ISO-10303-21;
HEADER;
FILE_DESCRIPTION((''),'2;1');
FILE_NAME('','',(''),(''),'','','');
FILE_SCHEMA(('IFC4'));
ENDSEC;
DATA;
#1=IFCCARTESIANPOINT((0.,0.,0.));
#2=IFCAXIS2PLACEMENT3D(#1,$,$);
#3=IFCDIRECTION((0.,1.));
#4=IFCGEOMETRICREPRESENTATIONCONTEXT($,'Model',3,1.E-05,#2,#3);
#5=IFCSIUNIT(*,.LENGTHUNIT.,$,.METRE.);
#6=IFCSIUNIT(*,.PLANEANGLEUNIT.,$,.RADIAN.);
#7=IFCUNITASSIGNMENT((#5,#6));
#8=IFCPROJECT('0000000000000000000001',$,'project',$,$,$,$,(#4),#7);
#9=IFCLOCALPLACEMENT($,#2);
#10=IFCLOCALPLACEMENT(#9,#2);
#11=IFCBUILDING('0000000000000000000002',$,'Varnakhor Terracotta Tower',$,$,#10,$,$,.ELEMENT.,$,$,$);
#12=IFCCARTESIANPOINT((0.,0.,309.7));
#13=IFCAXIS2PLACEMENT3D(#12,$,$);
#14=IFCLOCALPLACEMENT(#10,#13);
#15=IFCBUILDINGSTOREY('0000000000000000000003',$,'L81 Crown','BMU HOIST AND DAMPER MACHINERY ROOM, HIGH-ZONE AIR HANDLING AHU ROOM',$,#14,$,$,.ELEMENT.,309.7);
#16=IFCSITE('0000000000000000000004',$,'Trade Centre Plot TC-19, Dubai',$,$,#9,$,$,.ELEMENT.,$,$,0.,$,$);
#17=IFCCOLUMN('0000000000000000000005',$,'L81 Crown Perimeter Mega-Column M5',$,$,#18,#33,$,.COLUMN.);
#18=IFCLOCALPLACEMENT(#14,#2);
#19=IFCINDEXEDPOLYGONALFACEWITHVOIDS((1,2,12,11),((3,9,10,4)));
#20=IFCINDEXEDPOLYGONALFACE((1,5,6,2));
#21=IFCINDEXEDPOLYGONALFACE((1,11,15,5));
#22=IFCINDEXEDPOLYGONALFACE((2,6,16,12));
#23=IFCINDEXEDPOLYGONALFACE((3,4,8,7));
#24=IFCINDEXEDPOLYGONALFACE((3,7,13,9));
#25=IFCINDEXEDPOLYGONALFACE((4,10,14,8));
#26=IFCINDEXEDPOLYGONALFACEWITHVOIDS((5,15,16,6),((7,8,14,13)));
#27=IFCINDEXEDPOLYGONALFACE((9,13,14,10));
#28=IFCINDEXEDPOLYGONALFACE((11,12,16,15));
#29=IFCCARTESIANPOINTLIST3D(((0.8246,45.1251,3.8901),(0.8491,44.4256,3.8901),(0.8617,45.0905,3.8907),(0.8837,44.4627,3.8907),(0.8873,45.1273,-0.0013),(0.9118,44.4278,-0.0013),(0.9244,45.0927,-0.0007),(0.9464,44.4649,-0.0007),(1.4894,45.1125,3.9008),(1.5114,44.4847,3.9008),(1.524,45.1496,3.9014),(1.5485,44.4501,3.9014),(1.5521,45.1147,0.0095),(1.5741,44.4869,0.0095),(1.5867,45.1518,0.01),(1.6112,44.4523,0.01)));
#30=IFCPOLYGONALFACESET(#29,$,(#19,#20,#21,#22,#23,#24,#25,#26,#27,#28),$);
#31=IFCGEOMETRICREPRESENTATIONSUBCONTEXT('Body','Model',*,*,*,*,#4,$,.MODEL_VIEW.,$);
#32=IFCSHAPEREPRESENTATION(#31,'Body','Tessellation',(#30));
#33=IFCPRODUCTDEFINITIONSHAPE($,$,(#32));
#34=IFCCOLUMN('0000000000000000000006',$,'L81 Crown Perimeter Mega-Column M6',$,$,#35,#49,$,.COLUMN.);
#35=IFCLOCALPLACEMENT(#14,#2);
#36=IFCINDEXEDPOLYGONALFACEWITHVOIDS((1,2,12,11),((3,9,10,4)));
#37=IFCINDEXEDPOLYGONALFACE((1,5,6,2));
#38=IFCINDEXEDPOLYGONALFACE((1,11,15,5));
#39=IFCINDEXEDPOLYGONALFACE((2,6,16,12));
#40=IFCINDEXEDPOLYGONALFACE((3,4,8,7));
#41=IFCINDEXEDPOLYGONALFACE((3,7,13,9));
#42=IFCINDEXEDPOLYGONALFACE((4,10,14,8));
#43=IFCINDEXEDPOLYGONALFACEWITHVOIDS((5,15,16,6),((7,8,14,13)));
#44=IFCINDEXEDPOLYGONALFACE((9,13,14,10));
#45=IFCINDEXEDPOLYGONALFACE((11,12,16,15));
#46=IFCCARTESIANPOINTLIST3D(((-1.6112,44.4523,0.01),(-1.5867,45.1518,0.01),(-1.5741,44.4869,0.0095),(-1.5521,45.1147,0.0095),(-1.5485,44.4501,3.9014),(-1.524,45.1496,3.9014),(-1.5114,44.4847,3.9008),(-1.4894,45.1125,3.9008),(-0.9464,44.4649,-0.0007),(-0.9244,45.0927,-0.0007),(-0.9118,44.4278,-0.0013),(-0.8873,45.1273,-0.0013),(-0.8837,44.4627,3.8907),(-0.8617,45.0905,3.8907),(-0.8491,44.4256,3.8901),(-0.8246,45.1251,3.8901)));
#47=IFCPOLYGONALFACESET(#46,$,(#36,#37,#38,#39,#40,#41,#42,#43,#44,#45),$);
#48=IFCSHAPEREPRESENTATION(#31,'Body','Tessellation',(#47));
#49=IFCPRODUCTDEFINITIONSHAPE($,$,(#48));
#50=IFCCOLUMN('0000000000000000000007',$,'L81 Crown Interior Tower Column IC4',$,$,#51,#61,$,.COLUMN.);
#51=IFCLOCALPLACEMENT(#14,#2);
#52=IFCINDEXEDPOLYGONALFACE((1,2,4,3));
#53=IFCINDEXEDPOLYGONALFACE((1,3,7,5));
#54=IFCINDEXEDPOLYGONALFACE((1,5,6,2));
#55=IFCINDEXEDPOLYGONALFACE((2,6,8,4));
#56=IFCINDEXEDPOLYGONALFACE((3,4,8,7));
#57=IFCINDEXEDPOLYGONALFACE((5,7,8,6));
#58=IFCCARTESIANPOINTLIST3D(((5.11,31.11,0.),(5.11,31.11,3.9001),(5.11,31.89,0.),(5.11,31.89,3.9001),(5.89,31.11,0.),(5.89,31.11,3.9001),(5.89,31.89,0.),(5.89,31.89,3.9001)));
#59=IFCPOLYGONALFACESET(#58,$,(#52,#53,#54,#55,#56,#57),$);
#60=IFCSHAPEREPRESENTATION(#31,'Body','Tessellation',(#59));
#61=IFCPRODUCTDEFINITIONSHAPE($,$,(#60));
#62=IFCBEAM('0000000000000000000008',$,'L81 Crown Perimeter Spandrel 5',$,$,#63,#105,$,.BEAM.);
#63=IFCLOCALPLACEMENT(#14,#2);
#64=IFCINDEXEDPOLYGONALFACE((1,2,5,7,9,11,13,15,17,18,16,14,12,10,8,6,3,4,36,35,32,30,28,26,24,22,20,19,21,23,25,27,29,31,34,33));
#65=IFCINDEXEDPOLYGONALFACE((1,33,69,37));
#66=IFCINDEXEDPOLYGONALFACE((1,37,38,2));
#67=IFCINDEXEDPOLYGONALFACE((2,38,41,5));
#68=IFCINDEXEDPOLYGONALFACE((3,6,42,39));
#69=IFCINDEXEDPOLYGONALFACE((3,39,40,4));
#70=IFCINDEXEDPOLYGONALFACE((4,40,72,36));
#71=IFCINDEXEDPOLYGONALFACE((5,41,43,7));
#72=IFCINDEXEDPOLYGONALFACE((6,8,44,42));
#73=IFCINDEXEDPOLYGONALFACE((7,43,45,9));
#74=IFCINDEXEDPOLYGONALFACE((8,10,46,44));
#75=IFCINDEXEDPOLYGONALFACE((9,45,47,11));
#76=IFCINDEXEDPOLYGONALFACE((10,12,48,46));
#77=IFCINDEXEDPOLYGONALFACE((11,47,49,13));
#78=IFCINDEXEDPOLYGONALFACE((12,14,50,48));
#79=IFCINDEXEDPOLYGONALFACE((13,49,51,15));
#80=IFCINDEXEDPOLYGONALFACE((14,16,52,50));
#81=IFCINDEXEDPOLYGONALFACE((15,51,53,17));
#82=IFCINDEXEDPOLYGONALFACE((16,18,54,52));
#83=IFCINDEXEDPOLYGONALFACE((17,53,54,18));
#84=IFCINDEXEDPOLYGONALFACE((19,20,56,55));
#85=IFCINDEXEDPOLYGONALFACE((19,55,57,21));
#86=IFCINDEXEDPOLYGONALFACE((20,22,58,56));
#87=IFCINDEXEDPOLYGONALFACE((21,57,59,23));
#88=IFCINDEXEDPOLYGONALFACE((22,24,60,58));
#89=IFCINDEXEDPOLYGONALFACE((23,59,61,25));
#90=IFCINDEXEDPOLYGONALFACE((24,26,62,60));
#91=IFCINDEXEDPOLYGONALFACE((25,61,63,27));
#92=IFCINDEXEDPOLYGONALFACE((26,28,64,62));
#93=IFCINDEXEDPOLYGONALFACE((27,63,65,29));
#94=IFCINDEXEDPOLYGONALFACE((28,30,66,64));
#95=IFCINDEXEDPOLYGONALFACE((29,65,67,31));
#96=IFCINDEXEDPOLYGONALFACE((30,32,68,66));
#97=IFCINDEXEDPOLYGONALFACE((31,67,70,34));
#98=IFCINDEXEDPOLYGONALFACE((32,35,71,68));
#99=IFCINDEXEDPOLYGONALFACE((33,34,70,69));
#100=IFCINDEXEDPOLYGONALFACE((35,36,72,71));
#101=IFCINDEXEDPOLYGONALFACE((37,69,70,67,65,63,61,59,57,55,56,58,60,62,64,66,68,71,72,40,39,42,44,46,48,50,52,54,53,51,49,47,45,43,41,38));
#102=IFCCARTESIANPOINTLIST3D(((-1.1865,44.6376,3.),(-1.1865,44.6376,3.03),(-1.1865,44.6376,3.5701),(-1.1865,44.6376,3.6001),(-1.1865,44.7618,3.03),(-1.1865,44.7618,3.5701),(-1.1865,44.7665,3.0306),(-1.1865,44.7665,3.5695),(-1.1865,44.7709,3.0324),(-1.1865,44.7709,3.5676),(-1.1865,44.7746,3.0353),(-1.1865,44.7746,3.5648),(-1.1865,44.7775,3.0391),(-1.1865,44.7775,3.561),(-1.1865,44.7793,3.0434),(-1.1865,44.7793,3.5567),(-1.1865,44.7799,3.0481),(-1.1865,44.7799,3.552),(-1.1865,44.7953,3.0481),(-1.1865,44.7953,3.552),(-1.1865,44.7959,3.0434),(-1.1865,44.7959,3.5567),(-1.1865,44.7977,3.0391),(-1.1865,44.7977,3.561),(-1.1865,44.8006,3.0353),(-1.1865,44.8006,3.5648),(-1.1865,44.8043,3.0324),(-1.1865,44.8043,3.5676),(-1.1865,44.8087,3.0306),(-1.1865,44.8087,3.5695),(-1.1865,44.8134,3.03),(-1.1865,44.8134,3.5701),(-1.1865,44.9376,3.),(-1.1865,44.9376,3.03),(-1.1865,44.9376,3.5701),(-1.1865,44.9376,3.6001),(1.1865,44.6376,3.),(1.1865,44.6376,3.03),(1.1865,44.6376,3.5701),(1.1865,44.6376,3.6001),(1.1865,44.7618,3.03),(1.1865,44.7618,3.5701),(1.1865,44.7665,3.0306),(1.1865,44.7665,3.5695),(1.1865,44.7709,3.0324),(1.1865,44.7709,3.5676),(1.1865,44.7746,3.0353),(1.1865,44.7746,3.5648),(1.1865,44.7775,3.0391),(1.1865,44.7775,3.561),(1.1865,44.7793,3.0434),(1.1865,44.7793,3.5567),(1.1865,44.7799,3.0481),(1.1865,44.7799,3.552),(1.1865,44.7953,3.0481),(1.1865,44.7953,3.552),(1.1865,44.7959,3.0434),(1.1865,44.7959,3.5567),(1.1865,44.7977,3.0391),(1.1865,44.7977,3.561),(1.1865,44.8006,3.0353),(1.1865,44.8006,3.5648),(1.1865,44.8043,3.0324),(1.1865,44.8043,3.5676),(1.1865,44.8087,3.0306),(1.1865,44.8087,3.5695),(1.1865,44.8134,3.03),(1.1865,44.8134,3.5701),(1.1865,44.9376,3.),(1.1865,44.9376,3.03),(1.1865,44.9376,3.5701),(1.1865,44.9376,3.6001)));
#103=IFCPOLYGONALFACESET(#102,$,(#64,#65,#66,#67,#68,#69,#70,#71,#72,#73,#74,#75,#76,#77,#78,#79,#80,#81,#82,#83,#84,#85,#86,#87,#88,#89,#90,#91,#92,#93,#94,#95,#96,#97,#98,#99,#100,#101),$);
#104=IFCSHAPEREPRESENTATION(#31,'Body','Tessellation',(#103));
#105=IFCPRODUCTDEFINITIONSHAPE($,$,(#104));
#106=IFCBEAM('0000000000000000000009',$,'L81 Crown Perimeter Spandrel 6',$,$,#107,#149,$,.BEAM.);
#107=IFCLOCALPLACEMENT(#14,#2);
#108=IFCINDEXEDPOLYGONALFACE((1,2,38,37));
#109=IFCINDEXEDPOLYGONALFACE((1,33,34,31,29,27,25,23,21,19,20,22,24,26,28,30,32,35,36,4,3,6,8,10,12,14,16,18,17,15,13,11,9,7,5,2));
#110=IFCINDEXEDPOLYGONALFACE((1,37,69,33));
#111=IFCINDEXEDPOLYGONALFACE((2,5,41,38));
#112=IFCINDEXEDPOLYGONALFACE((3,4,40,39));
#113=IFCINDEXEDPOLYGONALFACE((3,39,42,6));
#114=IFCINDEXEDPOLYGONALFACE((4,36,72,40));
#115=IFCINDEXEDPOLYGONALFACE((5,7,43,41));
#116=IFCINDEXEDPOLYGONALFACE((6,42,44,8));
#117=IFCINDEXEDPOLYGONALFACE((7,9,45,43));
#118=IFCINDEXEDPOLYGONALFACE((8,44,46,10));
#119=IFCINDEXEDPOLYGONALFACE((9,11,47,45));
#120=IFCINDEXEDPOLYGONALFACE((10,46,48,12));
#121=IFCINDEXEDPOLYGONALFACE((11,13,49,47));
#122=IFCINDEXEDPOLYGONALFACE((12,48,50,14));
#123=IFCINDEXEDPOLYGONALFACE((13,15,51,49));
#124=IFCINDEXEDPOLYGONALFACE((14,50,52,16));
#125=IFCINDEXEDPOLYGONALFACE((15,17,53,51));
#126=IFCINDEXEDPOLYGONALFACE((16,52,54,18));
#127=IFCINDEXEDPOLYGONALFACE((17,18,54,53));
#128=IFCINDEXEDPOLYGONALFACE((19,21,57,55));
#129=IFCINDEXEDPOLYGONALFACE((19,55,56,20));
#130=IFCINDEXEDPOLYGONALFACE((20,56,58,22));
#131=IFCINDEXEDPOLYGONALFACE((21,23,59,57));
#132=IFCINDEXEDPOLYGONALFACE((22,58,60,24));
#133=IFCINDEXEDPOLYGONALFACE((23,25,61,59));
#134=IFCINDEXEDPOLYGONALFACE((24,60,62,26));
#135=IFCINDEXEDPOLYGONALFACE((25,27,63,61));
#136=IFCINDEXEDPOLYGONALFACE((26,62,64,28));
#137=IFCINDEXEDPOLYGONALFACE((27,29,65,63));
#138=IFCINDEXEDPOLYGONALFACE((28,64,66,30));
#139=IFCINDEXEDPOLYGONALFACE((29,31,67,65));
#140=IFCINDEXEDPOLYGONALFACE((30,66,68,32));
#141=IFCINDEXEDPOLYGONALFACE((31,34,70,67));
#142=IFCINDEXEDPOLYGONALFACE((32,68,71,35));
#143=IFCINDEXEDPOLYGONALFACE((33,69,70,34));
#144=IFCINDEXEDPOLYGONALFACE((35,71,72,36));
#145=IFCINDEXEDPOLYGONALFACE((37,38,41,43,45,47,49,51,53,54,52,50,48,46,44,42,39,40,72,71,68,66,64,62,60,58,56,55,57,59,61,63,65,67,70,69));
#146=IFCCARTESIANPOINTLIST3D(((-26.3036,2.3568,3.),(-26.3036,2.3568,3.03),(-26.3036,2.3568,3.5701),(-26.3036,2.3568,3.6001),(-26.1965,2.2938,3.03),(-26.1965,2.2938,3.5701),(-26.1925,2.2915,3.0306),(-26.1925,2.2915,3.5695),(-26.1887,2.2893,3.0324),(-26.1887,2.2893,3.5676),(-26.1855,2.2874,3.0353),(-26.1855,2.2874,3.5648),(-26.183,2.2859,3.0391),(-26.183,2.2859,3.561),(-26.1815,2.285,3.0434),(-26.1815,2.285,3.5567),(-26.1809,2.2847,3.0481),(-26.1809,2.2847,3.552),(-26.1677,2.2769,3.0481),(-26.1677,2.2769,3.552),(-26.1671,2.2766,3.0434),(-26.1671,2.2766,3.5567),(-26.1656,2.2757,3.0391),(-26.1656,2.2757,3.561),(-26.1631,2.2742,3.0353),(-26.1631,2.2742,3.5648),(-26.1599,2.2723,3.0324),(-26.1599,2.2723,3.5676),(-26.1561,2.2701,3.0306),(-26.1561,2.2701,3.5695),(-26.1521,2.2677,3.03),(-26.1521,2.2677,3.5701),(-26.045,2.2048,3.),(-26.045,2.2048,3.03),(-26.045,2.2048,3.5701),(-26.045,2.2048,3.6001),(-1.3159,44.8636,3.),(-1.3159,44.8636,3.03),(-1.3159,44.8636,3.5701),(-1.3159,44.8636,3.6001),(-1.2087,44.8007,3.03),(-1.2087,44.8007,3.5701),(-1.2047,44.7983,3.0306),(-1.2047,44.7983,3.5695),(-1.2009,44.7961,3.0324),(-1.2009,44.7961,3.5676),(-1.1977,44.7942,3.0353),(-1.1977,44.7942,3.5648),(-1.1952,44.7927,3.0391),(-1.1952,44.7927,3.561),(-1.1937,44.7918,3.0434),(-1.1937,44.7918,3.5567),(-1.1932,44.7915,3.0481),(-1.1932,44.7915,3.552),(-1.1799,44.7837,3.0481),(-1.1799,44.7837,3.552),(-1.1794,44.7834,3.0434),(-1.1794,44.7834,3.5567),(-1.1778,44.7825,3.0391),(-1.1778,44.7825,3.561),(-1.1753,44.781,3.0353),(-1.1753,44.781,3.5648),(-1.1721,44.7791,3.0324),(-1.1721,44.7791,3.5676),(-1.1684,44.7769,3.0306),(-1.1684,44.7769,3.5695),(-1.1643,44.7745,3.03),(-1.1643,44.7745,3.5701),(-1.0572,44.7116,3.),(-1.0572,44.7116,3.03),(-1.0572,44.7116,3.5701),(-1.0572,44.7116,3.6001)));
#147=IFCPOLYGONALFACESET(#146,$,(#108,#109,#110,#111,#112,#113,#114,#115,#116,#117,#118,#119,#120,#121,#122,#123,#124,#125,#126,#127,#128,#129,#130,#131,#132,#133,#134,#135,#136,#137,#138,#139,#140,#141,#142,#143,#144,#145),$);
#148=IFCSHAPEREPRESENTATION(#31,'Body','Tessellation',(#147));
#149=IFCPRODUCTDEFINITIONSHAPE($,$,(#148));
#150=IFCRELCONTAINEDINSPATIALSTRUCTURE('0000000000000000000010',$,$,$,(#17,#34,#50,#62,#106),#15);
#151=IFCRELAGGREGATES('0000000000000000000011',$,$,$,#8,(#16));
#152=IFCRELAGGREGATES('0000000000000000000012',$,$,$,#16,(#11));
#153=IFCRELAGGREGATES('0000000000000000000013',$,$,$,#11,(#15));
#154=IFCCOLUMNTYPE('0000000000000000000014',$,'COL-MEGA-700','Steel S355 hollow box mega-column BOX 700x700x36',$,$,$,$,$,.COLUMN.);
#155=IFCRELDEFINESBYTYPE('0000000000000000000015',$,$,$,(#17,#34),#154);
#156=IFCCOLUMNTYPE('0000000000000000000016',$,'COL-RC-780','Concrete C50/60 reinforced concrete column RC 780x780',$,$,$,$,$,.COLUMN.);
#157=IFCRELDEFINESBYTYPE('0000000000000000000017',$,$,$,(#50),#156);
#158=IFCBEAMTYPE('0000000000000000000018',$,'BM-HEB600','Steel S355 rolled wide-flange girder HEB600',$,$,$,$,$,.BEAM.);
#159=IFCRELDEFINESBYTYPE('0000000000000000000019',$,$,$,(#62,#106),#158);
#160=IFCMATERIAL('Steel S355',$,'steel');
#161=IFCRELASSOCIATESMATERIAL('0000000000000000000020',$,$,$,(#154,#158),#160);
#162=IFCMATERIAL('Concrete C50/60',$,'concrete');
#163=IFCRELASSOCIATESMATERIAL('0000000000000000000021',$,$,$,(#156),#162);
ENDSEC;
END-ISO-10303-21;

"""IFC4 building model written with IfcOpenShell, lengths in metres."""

from ifc_helpers import new_model, si_unit, direction, frame, origin, origin_2d, place, context, subcontext, project, spatial, rectangle, hollow_rectangle, i_section, extrude, source, transform, mapped, material, material_profile, profile_set, type_object, element, save


model = new_model("IFC4")

# Units and contexts
model_context = context("Model", 3, precision=1e-05, world=origin(), true_north=direction((0.0, 1.0)))
body_context = subcontext(model_context, "Body", "Model", "MODEL_VIEW")
ifc_project = project(units=[si_unit("LENGTHUNIT", "METRE"), si_unit("PLANEANGLEUNIT", "RADIAN")], contexts=[model_context])

# Site, building, storey
site_placement = place(None, origin())
site = spatial("IfcSite", under=ifc_project, at=site_placement, Name="Trade Centre Plot TC-19, Dubai", CompositionType="ELEMENT", RefElevation=0.0)
building_placement = place(site_placement, origin())
building = spatial("IfcBuilding", under=site, at=building_placement, Name="Varnakhor Terracotta Tower", CompositionType="ELEMENT")
storey_placement = place(building_placement, frame((0.0, 0.0, 309.7)))
storey = spatial("IfcBuildingStorey", under=building, at=storey_placement, Name="L81 Crown", Description="BMU HOIST AND DAMPER MACHINERY ROOM, HIGH-ZONE AIR HANDLING AHU ROOM", CompositionType="ELEMENT", Elevation=309.7)

# Columns
ifc_material_1 = material(Name="Steel S355", Category="steel")
ifc_material_profile_1 = material_profile(ifc_material_1, hollow_rectangle(XDim=0.7, YDim=0.7, WallThickness=0.0359, at=origin_2d()), Name="BOX 700x700x36")
ifc_profile_set_1 = profile_set([ifc_material_profile_1], Name="Steel S355")
column_type_1 = type_object("IfcColumnType", Name="COL-MEGA-700", Description="Steel S355 hollow box mega-column BOX 700x700x36", PredefinedType="COLUMN", material=ifc_profile_set_1)
shared_shape_1 = source(origin(), body_context, "Body", "SweptSolid", [
    extrude(hollow_rectangle(XDim=0.7, YDim=0.7, WallThickness=0.0359, at=origin_2d()), origin(), (0.0, 0.0, 1.0), 3.8918),
])
for number, where, z_axis, x_axis, name in (
    (1, (1.2493, 44.7898, 0.0044), (-0.016122, -0.000565, 0.99987), (0.034998, -0.999387, 0.0), "L81 Crown Perimeter Mega-Column M5"),
    (2, (-1.2493, 44.7898, 0.0044), (0.016122, -0.000565, 0.99987), (0.034998, 0.999387, 0.0), "L81 Crown Perimeter Mega-Column M6"),
):
    element("IfcColumn", number, at=place(storey_placement, frame(where, z_axis=z_axis, x_axis=x_axis)), inside=storey, type_object=column_type_1, Name=name, PredefinedType="COLUMN", context=body_context, shape_type="MappedRepresentation", body=[
        mapped(shared_shape_1, transform((0.0, 0.0, 0.0), scale=1.0)),
    ])
ifc_material_2 = material(Name="Concrete C50/60", Category="concrete")
ifc_material_profile_2 = material_profile(ifc_material_2, rectangle(XDim=0.78, YDim=0.78, at=origin_2d()), Name="RC 780x780")
ifc_profile_set_2 = profile_set([ifc_material_profile_2], Name="Concrete C50/60")
column_type_2 = type_object("IfcColumnType", Name="COL-RC-780", Description="Concrete C50/60 reinforced concrete column RC 780x780", PredefinedType="COLUMN", material=ifc_profile_set_2)
shared_shape_2 = source(origin(), body_context, "Body", "SweptSolid", [
    extrude(rectangle(XDim=0.78, YDim=0.78, at=origin_2d()), origin(), (0.0, 0.0, 1.0), 3.9001),
])
column_placement = place(storey_placement, frame((5.5, 31.5, 0.0), z_axis=(0.0, 0.0, 1.0), x_axis=(1.0, 0.0, 0.0)))
element("IfcColumn", 3, at=column_placement, inside=storey, type_object=column_type_2, Name="L81 Crown Interior Tower Column IC4", PredefinedType="COLUMN", context=body_context, shape_type="MappedRepresentation", body=[
    mapped(shared_shape_2, transform((0.0, 0.0, 0.0), scale=1.0)),
])

# Beams
ifc_material_profile_3 = material_profile(ifc_material_1, i_section(OverallWidth=0.3, OverallDepth=0.6001, WebThickness=0.0154, FlangeThickness=0.03, FilletRadius=0.0181, at=origin_2d()), Name="HEB600")
ifc_profile_set_3 = profile_set([ifc_material_profile_3], Name="Steel S355")
beam_type_1 = type_object("IfcBeamType", Name="BM-HEB600", Description="Steel S355 rolled wide-flange girder HEB600", PredefinedType="BEAM", material=ifc_profile_set_3)
shared_shape_3 = source(origin(), body_context, "Body", "SweptSolid", [
    extrude(i_section(OverallWidth=0.3, OverallDepth=0.6001, WebThickness=0.0154, FlangeThickness=0.03, FilletRadius=0.0181, at=origin_2d()), origin(), (0.0, 0.0, 1.0), 2.373),
])
beam_1_placement = place(storey_placement, frame((1.1865, 44.7876, 3.3), z_axis=(-1.0, 0.0, 0.0), x_axis=(0.0, -1.0, 0.0)))
element("IfcBeam", 4, at=beam_1_placement, inside=storey, type_object=beam_type_1, Name="L81 Crown Perimeter Spandrel 5", PredefinedType="BEAM", context=body_context, shape_type="MappedRepresentation", body=[
    mapped(shared_shape_3, transform((0.0, 0.0, 0.0), scale=1.0)),
])
shared_shape_4 = source(origin(), body_context, "Body", "SweptSolid", [
    extrude(i_section(OverallWidth=0.3, OverallDepth=0.6001, WebThickness=0.0154, FlangeThickness=0.03, FilletRadius=0.0181, at=origin_2d()), origin(), (0.0, 0.0, 1.0), 49.3074),
])
beam_2_placement = place(storey_placement, frame((-1.1865, 44.7876, 3.3), z_axis=(-0.506776, -0.862078, 0.0), x_axis=(0.862078, -0.506776, 0.0)))
element("IfcBeam", 5, at=beam_2_placement, inside=storey, type_object=beam_type_1, Name="L81 Crown Perimeter Spandrel 6", PredefinedType="BEAM", context=body_context, shape_type="MappedRepresentation", body=[
    mapped(shared_shape_4, transform((0.0, 0.0, 0.0), scale=1.0)),
])

save(model, "model.ifc")
